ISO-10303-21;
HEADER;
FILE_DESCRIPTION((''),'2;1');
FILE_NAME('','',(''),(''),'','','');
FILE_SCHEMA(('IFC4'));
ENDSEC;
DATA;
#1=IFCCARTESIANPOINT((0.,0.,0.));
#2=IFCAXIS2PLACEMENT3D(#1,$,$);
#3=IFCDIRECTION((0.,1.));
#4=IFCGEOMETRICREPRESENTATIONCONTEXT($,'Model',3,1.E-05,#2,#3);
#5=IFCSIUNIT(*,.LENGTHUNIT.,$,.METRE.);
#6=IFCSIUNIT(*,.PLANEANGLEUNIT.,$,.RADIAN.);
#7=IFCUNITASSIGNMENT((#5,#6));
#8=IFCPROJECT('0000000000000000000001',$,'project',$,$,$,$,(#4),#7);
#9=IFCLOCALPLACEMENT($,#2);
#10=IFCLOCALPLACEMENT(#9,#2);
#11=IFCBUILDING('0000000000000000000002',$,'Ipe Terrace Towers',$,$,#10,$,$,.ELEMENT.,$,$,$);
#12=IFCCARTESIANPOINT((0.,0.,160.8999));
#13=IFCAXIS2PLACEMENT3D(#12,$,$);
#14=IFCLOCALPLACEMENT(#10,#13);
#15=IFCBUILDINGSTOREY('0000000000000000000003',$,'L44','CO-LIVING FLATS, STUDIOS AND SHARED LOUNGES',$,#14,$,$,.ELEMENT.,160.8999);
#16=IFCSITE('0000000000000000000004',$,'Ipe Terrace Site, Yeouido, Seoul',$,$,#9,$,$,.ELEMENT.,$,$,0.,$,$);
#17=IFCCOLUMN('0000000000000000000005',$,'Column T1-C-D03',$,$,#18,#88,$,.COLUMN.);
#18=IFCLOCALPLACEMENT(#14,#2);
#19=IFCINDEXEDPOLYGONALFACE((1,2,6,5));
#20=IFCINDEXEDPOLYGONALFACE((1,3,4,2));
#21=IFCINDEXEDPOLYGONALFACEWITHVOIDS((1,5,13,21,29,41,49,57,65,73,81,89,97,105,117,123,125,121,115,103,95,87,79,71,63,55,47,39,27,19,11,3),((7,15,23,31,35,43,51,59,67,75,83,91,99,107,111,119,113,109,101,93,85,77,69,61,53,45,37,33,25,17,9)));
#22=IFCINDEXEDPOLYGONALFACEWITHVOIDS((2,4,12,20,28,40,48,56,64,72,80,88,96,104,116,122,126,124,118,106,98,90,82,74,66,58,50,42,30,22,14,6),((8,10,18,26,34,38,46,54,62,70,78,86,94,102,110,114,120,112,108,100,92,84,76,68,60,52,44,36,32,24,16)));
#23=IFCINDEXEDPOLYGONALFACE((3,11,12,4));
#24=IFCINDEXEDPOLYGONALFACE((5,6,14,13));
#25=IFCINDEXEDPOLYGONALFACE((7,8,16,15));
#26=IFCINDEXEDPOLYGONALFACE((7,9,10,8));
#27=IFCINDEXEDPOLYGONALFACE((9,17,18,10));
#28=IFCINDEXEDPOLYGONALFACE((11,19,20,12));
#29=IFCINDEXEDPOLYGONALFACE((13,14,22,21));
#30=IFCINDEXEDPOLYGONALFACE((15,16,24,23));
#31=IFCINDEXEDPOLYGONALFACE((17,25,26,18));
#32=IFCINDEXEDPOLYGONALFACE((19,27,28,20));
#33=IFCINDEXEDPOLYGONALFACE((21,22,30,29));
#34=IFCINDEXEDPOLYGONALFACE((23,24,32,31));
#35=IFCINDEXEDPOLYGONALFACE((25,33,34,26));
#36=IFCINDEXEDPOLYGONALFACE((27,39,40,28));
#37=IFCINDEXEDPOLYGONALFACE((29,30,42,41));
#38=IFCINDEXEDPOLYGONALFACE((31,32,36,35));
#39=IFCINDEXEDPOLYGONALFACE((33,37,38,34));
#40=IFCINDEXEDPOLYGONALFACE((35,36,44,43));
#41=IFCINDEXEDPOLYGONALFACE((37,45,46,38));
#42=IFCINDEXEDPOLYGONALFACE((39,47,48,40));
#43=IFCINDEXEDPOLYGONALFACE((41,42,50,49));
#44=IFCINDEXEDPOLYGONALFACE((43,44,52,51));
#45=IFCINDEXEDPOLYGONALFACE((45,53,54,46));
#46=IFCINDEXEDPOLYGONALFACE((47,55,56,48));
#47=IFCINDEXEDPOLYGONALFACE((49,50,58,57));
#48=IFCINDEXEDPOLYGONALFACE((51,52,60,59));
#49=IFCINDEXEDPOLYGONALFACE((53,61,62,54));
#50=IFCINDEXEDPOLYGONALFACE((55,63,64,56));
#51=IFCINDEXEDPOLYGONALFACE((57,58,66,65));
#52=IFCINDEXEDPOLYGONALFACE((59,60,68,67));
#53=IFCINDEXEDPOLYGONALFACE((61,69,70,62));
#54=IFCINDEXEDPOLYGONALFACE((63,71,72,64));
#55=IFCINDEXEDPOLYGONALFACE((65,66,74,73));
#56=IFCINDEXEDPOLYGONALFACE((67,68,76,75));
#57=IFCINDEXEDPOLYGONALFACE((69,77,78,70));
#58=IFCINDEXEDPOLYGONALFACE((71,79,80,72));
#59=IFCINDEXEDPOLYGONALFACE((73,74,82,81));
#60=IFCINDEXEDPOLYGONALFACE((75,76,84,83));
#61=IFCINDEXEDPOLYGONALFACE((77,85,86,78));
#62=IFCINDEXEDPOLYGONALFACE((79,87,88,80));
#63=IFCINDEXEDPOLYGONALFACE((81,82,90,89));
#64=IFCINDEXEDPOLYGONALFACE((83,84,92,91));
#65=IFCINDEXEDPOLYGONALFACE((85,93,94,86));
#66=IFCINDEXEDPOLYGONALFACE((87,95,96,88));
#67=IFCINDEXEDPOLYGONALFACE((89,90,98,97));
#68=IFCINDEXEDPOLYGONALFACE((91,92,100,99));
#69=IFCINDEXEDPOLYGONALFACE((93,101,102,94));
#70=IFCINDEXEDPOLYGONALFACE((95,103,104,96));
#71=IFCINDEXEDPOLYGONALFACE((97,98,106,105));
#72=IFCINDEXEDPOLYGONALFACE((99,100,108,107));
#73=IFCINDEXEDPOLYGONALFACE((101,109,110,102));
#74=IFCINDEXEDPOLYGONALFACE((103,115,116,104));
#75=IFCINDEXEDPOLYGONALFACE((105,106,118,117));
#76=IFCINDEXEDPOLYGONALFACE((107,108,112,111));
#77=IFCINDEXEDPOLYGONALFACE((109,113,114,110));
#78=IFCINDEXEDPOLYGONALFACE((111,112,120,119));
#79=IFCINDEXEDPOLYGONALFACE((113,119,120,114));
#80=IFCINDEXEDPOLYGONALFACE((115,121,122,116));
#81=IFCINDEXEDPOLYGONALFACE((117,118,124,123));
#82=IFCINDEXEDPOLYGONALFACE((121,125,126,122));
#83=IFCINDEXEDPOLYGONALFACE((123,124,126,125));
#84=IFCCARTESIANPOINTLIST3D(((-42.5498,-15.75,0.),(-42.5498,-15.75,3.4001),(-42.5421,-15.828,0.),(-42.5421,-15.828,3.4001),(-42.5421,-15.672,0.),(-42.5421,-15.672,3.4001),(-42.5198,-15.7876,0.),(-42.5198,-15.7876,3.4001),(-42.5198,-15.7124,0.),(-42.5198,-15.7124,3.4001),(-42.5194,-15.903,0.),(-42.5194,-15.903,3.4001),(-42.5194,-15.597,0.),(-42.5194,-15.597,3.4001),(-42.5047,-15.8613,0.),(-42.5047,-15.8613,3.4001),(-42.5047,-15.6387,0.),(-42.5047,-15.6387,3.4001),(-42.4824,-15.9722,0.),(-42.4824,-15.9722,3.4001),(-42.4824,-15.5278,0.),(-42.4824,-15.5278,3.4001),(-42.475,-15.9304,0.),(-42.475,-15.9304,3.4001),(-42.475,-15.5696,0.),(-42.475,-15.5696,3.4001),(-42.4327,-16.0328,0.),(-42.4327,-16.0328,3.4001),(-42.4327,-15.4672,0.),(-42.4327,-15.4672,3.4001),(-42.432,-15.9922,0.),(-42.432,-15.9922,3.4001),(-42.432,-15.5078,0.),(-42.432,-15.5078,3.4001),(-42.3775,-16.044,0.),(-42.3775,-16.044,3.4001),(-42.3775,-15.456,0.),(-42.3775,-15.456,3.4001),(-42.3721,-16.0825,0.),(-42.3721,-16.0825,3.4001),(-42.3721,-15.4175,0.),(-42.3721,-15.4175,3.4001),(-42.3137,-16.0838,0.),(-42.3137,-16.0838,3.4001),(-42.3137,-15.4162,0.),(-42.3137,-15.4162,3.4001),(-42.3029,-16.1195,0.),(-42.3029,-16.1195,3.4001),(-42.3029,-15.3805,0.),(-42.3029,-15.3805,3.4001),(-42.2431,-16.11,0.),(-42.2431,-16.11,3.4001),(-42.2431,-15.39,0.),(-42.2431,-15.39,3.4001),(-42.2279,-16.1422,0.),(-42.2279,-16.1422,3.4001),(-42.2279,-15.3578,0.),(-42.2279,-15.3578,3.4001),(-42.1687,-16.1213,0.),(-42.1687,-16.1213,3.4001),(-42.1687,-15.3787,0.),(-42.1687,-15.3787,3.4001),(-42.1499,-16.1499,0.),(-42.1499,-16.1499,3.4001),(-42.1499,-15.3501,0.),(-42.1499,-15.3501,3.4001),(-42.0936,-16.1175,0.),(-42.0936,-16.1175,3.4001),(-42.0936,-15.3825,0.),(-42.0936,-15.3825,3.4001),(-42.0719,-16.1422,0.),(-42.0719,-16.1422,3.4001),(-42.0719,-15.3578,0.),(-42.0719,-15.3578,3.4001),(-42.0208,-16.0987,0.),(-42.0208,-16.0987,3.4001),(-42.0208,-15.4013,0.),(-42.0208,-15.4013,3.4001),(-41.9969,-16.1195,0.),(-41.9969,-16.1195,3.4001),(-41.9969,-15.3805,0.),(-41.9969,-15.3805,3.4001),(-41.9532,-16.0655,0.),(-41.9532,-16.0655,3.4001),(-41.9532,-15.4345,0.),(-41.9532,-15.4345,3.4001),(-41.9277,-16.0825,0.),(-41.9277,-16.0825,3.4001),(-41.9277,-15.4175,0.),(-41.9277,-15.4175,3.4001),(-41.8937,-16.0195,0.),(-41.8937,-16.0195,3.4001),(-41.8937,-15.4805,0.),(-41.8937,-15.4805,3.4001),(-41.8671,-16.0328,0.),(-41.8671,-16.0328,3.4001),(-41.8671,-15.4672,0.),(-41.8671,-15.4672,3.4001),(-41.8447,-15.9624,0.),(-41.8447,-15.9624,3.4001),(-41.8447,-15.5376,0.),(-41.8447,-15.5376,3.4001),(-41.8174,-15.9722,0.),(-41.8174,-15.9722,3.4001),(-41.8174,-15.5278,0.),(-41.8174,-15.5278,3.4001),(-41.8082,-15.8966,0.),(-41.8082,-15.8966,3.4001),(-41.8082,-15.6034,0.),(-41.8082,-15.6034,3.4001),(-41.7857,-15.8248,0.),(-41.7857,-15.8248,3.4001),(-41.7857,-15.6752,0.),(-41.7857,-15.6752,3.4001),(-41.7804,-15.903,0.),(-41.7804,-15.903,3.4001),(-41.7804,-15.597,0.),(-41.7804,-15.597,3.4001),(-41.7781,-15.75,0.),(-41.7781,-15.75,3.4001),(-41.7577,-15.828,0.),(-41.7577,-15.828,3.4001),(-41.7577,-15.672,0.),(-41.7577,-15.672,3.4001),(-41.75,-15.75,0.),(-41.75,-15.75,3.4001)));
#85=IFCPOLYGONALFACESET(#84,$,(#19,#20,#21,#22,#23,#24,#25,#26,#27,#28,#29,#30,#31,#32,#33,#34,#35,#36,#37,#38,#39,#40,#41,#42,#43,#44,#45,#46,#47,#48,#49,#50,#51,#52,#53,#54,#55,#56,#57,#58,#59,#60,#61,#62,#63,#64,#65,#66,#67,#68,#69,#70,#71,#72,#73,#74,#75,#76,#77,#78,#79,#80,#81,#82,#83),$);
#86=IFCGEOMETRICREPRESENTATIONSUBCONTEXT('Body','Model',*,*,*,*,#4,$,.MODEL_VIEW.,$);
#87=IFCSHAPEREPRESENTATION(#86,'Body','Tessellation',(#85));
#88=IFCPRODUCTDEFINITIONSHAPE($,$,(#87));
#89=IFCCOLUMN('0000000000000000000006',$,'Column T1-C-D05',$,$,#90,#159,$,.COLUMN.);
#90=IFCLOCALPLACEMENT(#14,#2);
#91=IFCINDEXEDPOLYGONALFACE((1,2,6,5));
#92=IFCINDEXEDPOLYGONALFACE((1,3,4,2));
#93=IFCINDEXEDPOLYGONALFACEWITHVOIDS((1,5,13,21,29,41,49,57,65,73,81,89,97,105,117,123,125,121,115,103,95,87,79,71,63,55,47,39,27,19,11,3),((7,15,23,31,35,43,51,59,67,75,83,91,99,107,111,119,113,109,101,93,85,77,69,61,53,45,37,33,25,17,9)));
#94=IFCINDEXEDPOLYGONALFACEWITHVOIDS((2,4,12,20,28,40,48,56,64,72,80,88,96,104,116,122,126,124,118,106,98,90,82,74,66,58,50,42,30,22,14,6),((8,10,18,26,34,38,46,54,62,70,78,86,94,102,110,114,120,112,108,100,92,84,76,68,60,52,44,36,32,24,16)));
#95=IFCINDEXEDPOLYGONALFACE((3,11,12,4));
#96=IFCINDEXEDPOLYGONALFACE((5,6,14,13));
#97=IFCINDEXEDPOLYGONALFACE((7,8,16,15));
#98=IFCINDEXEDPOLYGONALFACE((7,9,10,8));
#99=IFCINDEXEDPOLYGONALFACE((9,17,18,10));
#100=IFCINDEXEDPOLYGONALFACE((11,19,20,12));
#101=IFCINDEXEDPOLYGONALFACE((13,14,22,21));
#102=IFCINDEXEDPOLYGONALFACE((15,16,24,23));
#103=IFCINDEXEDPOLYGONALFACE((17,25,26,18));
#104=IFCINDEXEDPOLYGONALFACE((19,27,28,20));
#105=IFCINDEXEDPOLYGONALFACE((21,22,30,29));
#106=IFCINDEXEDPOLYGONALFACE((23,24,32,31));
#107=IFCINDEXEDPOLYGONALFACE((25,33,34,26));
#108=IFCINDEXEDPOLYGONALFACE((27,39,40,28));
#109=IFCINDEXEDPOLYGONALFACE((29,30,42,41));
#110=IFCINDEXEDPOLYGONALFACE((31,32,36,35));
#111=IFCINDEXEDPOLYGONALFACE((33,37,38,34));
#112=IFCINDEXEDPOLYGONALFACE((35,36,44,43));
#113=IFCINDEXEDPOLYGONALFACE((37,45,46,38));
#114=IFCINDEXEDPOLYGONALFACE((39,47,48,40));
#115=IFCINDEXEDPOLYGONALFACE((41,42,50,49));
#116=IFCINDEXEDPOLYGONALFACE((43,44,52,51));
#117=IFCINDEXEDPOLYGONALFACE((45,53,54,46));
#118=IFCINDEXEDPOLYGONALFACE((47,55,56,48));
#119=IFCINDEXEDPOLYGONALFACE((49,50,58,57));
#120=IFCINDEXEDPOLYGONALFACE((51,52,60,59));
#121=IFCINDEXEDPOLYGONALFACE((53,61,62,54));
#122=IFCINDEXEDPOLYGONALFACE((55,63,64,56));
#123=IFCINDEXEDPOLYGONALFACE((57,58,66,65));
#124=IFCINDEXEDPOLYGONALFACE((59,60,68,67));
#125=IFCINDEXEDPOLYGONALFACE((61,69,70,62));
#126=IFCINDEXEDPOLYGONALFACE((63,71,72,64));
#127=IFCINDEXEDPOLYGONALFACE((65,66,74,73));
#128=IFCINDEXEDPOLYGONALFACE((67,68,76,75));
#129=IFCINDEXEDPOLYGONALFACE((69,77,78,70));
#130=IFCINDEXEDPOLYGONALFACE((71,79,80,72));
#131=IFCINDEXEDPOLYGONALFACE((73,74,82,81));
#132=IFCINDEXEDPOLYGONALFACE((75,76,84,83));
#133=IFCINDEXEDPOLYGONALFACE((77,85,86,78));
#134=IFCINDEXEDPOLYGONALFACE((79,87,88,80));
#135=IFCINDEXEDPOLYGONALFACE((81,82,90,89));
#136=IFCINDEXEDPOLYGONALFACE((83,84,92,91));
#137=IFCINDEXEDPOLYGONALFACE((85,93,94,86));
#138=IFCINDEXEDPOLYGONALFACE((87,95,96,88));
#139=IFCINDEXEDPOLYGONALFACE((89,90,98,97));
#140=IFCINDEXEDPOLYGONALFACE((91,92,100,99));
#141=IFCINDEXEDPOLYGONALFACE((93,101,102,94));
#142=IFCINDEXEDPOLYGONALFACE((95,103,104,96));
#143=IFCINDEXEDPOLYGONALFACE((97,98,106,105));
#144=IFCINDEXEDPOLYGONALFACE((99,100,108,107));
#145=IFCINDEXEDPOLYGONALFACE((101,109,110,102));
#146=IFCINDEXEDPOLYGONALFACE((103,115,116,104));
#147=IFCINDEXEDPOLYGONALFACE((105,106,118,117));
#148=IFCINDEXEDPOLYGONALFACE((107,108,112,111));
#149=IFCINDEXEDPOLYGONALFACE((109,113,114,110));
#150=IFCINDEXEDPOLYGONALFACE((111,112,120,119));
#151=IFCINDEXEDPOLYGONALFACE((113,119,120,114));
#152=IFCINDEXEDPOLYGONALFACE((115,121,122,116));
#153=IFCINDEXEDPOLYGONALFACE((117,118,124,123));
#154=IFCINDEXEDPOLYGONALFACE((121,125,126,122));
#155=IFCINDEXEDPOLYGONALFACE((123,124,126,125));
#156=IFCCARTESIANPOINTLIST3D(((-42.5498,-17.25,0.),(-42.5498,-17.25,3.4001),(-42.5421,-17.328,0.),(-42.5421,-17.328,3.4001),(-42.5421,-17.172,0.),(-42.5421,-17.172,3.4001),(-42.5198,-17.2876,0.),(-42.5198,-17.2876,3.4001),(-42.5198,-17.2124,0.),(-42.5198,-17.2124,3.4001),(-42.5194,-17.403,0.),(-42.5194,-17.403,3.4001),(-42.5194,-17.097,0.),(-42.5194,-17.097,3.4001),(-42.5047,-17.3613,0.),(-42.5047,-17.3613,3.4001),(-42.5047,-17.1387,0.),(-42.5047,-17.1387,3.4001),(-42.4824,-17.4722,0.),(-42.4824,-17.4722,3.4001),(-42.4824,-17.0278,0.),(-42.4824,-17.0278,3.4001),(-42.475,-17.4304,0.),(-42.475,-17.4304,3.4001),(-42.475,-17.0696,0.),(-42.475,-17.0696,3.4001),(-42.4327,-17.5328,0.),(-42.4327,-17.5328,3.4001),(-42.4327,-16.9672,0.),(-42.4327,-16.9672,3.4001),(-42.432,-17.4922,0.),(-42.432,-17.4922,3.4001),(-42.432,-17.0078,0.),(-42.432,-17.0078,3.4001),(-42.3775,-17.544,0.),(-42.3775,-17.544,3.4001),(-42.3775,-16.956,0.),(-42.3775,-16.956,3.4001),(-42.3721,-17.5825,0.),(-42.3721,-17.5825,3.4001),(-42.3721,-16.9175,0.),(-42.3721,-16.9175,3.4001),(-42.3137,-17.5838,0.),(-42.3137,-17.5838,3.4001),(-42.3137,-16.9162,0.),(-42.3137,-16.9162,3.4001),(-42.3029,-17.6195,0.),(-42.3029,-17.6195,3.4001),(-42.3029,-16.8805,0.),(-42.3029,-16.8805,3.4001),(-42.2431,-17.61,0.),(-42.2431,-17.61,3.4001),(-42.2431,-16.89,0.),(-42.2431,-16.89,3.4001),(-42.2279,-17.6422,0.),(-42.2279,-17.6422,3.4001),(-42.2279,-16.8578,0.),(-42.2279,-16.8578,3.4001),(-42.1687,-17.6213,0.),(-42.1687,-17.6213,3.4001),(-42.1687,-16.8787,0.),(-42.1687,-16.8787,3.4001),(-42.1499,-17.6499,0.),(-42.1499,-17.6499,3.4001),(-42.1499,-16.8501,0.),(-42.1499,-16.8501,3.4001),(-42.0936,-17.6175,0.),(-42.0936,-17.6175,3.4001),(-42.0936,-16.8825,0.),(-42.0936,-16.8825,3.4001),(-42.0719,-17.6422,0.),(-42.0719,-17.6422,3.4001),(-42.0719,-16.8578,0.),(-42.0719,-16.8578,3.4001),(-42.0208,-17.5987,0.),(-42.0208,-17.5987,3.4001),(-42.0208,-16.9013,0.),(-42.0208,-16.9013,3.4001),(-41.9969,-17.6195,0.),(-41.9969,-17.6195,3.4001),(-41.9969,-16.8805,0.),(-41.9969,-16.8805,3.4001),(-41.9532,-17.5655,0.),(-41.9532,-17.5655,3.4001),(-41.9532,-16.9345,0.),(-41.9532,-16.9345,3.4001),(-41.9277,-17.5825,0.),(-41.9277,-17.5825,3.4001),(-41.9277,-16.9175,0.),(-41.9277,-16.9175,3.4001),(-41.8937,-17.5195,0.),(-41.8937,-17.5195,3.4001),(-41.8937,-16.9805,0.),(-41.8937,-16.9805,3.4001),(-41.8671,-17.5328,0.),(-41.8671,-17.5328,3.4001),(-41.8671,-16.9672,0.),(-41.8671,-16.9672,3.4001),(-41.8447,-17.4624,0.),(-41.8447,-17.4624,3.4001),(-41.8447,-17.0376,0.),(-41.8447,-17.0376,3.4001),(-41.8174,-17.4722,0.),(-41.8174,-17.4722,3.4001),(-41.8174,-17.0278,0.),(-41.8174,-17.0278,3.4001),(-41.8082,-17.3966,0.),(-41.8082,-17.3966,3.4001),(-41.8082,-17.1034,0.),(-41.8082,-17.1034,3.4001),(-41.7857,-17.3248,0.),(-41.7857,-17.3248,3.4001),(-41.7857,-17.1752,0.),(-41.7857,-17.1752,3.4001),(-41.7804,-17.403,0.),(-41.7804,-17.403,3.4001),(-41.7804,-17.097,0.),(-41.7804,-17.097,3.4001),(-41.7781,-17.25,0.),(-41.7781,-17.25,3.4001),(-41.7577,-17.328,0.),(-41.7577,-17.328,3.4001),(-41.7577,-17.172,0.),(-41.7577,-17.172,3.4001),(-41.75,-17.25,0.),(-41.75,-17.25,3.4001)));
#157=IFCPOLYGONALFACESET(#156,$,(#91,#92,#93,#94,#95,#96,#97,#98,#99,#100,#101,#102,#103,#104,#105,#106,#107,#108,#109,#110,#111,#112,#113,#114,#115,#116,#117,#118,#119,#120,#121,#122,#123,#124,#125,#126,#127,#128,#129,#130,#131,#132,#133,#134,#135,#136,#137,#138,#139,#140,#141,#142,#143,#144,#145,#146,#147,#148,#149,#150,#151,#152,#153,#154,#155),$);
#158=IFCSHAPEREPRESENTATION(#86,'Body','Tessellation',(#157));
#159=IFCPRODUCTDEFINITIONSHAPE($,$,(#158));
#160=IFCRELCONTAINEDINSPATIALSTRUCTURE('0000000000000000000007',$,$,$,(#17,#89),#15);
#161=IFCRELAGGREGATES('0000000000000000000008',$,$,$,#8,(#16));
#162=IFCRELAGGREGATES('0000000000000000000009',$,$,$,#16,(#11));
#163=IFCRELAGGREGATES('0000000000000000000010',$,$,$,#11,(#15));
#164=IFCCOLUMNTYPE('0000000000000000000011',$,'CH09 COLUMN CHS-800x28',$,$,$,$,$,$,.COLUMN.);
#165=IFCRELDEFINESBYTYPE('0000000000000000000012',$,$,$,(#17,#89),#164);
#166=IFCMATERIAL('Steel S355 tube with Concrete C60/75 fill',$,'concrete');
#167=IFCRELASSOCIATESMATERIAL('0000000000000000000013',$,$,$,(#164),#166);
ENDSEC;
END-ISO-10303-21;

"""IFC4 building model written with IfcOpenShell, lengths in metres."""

from ifc_helpers import new_model, si_unit, direction, frame, origin, origin_2d, place, context, subcontext, project, spatial, hollow_circle, extrude, material, material_profile, profile_set, type_object, element, save


model = new_model("IFC4")

# Units and contexts
model_context = context("Model", 3, precision=1e-05, world=origin(), true_north=direction((0.0, 1.0)))
body_context = subcontext(model_context, "Body", "Model", "MODEL_VIEW")
ifc_project = project(units=[si_unit("LENGTHUNIT", "METRE"), si_unit("PLANEANGLEUNIT", "RADIAN")], contexts=[model_context])

# Site, building, storey
site_placement = place(None, origin())
site = spatial("IfcSite", under=ifc_project, at=site_placement, Name="Ipe Terrace Site, Yeouido, Seoul", CompositionType="ELEMENT", RefElevation=0.0)
building_placement = place(site_placement, origin())
building = spatial("IfcBuilding", under=site, at=building_placement, Name="Ipe Terrace Towers", CompositionType="ELEMENT")
storey_placement = place(building_placement, frame((0.0, 0.0, 160.8999)))
storey = spatial("IfcBuildingStorey", under=building, at=storey_placement, Name="L44", Description="CO-LIVING FLATS, STUDIOS AND SHARED LOUNGES", CompositionType="ELEMENT", Elevation=160.8999)

# Columns
ifc_material_1 = material(Name="Steel S355 tube with Concrete C60/75 fill", Category="concrete")
ifc_material_profile_1 = material_profile(ifc_material_1, hollow_circle(Radius=0.3999, WallThickness=0.0281, at=origin_2d()), Name="CHS-800x28")
ifc_profile_set_1 = profile_set([ifc_material_profile_1], Name="Steel S355 tube with Concrete C60/75 fill")
column_type_1 = type_object("IfcColumnType", Name="CH09 COLUMN CHS-800x28", PredefinedType="COLUMN", material=ifc_profile_set_1)
for number, where, z_axis, x_axis, name in (
    (1, (-42.1499, -15.75, 0.0), (0.0, 0.0, 1.0), (1.0, 0.0, 0.0), "Column T1-C-D03"),
    (2, (-42.1499, -17.25, 0.0), (0.0, 0.0, 1.0), (1.0, 0.0, 0.0), "Column T1-C-D05"),
):
    element("IfcColumn", number, at=place(storey_placement, frame(where, z_axis=z_axis, x_axis=x_axis)), inside=storey, type_object=column_type_1, Name=name, PredefinedType="COLUMN", context=body_context, shape_type="SweptSolid", body=[
        extrude(hollow_circle(Radius=0.3999, WallThickness=0.0281, at=origin_2d()), origin(), (0.0, 0.0, 1.0), 3.4001),
    ])

save(model, "model.ifc")
